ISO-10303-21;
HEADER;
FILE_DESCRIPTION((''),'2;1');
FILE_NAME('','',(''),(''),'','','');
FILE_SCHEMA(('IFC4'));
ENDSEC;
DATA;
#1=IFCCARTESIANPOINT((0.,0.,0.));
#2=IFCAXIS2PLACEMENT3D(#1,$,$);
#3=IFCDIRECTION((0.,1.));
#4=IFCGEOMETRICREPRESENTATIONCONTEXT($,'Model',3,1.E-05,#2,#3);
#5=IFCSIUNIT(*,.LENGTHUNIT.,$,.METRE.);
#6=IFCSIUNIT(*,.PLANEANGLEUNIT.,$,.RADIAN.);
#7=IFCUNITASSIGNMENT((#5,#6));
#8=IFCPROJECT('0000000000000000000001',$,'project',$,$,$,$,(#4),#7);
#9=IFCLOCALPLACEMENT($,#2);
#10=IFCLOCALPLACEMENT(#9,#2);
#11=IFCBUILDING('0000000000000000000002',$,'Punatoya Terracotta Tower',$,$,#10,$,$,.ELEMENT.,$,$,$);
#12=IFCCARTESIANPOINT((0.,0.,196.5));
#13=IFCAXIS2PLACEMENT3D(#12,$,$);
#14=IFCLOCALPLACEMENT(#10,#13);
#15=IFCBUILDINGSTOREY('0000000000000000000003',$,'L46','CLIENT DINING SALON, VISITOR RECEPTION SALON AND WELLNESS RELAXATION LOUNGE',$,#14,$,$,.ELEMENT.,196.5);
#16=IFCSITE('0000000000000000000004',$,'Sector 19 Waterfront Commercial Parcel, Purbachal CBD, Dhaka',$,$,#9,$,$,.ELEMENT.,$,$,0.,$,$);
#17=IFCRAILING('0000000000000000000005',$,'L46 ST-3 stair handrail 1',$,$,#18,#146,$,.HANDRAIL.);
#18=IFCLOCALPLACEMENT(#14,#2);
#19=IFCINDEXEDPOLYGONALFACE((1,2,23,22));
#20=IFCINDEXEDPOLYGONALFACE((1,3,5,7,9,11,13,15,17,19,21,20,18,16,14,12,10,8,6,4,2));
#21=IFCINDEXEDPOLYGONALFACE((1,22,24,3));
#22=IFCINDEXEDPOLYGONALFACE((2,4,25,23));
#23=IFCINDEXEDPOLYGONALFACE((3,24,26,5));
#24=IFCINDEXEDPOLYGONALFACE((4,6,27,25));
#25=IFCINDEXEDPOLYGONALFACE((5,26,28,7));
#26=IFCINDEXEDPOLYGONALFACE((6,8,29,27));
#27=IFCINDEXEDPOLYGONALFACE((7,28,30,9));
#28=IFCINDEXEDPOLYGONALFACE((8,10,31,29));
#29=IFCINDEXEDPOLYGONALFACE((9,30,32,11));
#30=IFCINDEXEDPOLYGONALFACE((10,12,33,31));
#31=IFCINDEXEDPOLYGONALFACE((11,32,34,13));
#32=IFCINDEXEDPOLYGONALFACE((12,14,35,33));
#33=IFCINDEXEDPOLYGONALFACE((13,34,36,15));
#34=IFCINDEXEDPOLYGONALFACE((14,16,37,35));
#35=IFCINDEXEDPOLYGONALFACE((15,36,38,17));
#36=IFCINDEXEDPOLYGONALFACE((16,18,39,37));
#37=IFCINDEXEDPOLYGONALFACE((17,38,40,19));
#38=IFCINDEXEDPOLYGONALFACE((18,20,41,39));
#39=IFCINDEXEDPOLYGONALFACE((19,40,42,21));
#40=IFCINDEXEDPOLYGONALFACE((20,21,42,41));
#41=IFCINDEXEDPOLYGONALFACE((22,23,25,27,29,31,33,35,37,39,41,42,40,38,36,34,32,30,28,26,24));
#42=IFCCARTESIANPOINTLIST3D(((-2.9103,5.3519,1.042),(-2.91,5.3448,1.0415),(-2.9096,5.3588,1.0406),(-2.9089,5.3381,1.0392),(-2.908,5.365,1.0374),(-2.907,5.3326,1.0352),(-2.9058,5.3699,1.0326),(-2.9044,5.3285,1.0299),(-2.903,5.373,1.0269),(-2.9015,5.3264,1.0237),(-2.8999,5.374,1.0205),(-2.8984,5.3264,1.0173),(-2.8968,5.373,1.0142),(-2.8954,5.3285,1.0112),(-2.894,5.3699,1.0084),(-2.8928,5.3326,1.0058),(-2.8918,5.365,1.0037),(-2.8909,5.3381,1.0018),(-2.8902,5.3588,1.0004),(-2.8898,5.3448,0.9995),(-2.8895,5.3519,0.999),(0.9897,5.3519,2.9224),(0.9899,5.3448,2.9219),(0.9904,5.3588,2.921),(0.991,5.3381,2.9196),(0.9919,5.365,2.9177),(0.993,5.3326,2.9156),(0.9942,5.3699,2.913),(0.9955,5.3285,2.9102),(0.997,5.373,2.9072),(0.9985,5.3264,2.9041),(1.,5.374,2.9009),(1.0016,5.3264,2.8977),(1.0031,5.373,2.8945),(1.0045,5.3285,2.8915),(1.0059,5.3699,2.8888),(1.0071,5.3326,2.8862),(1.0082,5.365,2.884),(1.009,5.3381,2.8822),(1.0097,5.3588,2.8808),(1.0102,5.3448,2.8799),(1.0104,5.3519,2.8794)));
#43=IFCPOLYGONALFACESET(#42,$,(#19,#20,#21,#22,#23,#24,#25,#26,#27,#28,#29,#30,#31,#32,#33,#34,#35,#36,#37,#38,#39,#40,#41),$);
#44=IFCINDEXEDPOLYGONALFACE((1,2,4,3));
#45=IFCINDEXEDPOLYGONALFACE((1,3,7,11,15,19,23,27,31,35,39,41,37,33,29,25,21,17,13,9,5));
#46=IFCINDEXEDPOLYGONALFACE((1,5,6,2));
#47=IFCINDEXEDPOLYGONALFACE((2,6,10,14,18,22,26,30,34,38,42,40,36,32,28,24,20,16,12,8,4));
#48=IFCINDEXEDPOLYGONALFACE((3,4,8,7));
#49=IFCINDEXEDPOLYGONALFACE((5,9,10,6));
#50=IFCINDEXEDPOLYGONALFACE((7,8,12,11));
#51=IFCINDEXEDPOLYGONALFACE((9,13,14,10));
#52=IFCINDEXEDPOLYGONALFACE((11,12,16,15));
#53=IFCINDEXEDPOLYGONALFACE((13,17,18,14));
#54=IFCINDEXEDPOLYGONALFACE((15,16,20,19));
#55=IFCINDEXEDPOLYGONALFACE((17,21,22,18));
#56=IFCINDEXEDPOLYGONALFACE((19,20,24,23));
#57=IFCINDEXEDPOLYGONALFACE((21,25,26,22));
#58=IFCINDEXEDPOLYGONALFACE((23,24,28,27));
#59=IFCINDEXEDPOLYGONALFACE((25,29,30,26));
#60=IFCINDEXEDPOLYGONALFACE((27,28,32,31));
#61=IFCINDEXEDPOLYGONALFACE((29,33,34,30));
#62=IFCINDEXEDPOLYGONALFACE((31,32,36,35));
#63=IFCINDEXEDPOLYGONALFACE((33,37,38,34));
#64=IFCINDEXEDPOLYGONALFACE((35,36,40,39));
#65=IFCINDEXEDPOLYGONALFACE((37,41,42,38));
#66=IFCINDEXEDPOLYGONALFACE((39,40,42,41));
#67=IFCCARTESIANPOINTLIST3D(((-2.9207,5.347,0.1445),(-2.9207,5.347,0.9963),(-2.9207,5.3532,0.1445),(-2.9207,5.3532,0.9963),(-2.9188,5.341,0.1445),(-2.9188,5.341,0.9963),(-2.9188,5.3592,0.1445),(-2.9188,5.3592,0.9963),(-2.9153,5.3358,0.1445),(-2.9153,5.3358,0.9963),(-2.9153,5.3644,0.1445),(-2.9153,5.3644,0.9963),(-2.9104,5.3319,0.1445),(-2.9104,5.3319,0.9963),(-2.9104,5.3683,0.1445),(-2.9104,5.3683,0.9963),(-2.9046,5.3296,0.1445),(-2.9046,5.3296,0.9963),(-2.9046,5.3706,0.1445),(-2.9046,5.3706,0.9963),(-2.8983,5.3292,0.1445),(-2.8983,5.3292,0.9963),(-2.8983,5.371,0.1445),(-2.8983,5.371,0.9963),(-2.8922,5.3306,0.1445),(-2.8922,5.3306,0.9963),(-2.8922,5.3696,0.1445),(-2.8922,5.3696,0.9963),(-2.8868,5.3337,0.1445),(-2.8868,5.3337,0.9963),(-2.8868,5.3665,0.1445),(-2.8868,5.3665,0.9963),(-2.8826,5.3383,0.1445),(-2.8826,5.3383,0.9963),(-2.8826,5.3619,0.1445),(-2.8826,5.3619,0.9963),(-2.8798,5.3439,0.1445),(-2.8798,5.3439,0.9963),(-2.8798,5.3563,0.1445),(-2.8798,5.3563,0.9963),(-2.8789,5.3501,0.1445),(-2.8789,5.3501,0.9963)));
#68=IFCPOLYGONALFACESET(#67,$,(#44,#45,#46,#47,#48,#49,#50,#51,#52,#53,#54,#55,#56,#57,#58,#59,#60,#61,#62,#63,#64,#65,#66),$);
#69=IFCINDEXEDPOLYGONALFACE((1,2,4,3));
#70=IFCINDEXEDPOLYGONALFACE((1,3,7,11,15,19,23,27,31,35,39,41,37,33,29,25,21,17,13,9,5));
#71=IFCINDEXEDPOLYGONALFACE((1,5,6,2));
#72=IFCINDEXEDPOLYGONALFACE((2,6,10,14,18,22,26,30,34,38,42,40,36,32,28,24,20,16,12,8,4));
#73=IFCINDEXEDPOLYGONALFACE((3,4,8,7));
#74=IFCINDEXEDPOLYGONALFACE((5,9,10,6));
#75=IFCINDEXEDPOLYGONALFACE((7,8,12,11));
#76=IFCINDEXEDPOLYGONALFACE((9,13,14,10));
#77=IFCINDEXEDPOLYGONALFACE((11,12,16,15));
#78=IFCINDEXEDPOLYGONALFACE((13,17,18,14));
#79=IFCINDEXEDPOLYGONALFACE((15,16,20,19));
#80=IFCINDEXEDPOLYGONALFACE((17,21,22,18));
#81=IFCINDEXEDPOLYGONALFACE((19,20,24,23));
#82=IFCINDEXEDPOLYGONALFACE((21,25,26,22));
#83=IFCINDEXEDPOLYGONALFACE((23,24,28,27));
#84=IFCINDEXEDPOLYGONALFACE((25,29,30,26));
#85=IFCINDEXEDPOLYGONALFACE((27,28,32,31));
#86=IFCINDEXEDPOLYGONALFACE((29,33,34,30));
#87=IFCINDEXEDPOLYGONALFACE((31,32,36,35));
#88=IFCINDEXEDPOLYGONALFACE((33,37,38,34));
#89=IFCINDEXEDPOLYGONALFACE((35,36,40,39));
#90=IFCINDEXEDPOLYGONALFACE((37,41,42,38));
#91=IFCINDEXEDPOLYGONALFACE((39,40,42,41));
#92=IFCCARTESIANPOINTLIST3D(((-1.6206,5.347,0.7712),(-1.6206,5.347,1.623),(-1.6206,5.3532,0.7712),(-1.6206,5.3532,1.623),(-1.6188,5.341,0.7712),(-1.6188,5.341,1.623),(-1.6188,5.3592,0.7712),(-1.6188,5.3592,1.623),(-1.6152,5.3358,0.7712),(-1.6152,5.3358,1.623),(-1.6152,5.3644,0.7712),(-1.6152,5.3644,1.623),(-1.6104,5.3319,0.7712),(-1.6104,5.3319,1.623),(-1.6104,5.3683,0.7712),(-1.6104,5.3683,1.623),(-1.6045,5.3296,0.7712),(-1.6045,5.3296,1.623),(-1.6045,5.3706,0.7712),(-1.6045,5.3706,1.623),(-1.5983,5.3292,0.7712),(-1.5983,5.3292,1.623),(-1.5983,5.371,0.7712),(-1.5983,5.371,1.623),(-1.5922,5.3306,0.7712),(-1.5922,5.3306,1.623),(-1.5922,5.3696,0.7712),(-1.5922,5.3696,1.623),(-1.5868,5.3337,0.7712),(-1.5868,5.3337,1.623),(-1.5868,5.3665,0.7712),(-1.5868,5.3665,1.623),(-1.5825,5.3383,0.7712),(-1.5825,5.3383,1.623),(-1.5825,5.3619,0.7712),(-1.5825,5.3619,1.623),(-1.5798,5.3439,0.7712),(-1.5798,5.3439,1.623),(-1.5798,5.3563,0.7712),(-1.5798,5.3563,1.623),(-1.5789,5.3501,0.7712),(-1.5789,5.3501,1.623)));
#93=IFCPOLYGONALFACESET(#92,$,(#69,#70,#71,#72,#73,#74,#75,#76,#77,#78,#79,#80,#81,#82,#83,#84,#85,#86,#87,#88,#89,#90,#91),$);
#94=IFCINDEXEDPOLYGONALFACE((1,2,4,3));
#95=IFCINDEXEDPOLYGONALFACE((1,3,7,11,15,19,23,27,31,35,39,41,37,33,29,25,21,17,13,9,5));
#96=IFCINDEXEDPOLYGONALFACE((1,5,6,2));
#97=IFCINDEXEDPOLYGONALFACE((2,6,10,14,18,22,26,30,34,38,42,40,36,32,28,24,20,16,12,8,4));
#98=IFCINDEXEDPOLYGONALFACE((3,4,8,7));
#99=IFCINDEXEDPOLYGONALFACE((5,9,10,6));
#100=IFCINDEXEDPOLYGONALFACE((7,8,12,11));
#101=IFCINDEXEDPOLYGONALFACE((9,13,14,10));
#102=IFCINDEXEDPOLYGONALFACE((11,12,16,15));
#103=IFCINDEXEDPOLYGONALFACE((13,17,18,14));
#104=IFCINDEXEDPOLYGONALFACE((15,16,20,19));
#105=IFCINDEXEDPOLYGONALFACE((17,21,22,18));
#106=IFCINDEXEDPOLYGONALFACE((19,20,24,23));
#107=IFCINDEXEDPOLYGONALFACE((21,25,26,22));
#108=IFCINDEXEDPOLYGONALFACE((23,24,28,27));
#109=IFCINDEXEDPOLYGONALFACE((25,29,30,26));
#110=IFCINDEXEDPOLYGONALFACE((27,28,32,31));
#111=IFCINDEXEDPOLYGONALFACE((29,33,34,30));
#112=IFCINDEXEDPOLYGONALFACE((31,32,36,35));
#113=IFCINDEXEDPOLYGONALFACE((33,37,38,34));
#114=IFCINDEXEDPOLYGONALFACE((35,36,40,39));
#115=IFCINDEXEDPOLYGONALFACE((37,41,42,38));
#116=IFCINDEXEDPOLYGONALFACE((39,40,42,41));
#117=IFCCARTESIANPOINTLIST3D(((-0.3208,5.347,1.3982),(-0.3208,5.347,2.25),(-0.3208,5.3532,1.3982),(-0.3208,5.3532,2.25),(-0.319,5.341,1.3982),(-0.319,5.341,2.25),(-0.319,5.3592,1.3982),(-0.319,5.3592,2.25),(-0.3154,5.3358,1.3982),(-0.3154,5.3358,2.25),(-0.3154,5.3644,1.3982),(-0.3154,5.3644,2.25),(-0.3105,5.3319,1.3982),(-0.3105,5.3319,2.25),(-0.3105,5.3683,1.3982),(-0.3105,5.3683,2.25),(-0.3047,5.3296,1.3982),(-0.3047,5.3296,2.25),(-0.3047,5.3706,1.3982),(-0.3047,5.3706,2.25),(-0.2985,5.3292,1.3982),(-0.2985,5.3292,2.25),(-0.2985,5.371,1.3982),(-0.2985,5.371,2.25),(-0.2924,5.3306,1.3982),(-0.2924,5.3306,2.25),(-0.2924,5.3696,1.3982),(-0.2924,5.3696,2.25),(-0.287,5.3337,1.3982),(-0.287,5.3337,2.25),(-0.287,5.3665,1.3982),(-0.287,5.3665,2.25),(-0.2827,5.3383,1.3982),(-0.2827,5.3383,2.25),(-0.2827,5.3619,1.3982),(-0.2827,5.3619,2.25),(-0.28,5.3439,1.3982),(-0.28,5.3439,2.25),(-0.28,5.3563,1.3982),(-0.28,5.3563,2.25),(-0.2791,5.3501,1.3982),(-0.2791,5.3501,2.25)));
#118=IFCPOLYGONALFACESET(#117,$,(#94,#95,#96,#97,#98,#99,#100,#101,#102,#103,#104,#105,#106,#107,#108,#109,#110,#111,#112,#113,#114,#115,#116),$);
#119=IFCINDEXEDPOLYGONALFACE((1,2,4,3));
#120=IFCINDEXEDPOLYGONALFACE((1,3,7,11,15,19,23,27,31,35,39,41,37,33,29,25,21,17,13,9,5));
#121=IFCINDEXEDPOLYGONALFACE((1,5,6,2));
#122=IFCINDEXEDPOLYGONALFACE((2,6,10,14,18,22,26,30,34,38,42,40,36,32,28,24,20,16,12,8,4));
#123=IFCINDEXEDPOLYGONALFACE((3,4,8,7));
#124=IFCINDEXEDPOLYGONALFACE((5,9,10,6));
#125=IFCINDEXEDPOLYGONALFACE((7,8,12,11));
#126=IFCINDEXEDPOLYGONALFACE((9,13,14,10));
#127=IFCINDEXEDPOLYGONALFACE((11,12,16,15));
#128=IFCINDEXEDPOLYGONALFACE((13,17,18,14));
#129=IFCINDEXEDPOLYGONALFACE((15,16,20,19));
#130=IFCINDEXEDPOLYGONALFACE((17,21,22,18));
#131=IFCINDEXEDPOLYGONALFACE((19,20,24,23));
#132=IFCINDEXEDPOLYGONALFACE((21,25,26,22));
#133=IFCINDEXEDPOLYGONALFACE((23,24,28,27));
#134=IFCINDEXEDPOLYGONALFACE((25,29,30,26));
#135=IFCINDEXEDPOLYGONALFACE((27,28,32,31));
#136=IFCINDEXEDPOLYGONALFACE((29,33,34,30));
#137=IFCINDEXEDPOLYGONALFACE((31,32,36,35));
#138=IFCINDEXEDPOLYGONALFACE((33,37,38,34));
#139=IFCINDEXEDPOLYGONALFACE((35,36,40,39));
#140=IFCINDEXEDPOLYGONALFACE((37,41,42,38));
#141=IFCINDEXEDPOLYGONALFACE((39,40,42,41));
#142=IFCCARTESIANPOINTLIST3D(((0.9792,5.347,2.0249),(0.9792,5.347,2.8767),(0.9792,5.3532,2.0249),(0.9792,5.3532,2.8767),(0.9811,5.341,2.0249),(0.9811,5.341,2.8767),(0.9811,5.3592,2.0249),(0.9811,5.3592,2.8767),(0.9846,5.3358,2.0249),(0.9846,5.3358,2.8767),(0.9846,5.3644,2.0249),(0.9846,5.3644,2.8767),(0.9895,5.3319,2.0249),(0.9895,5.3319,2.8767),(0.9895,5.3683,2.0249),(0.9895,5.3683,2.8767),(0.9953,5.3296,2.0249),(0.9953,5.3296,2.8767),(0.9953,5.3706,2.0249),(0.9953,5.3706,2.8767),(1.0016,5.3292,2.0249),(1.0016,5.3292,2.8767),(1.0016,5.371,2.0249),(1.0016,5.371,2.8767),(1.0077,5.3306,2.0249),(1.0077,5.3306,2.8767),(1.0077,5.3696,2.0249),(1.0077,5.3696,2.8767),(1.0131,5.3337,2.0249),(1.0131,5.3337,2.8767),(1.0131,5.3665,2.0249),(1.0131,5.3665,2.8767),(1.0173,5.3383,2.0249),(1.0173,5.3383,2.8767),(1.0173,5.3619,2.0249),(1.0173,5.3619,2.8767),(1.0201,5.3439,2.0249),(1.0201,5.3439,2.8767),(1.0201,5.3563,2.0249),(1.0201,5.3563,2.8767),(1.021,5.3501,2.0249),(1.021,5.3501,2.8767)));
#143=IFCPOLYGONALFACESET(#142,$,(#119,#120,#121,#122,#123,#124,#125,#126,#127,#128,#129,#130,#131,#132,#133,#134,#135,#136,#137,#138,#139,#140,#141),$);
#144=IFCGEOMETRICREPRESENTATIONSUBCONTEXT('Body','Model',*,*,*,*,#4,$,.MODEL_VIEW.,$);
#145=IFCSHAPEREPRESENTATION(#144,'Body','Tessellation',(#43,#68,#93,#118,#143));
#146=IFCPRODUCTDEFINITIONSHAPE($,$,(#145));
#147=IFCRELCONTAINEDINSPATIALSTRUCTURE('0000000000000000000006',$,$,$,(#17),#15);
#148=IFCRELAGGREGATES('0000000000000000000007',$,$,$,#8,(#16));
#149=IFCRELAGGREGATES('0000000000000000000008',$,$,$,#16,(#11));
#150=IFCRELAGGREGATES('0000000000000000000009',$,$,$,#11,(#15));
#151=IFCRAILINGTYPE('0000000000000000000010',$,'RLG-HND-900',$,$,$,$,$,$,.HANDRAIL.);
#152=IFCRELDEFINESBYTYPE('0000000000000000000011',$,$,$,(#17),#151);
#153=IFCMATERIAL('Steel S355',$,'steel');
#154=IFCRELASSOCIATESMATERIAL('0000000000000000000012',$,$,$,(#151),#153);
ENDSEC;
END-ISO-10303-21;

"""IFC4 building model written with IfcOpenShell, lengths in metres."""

from ifc_helpers import new_model, si_unit, direction, frame, origin, origin_2d, place, context, subcontext, project, spatial, circle, extrude, material, type_object, element, save


model = new_model("IFC4")

# Units and contexts
model_context = context("Model", 3, precision=1e-05, world=origin(), true_north=direction((0.0, 1.0)))
body_context = subcontext(model_context, "Body", "Model", "MODEL_VIEW")
ifc_project = project(units=[si_unit("LENGTHUNIT", "METRE"), si_unit("PLANEANGLEUNIT", "RADIAN")], contexts=[model_context])

# Site, building, storey
site_placement = place(None, origin())
site = spatial("IfcSite", under=ifc_project, at=site_placement, Name="Sector 19 Waterfront Commercial Parcel, Purbachal CBD, Dhaka", CompositionType="ELEMENT", RefElevation=0.0)
building_placement = place(site_placement, origin())
building = spatial("IfcBuilding", under=site, at=building_placement, Name="Punatoya Terracotta Tower", CompositionType="ELEMENT")
storey_placement = place(building_placement, frame((0.0, 0.0, 196.5)))
storey = spatial("IfcBuildingStorey", under=building, at=storey_placement, Name="L46", Description="CLIENT DINING SALON, VISITOR RECEPTION SALON AND WELLNESS RELAXATION LOUNGE", CompositionType="ELEMENT", Elevation=196.5)

# Railing
ifc_material_1 = material(Name="Steel S355", Category="steel")
railing_type_1 = type_object("IfcRailingType", Name="RLG-HND-900", PredefinedType="HANDRAIL", material=ifc_material_1)
railing_1_placement = place(storey_placement, frame((-2.8999, 5.3501, 0.1445)))
element("IfcRailing", 1, at=railing_1_placement, inside=storey, type_object=railing_type_1, Name="L46 ST-3 stair handrail 1", PredefinedType="HANDRAIL", context=body_context, shape_type="SweptSolid", body=[
    extrude(circle(Radius=0.0239, at=origin_2d()), frame((0.0, 0.0, 0.876), z_axis=(0.900763, 0.0, 0.434311), x_axis=(0.0, 1.0, 0.0)), (0.0, 0.0, 1.0), 4.3296),
    extrude(circle(Radius=0.021, at=origin_2d()), origin(), (0.0, 0.0, 1.0), 0.8518),
    extrude(circle(Radius=0.021, at=origin_2d()), frame((1.3, 0.0, 0.6267)), (0.0, 0.0, 1.0), 0.8518),
    extrude(circle(Radius=0.021, at=origin_2d()), frame((2.5999, 0.0, 1.2537)), (0.0, 0.0, 1.0), 0.8518),
    extrude(circle(Radius=0.021, at=origin_2d()), frame((3.8999, 0.0, 1.8804)), (0.0, 0.0, 1.0), 0.8518),
])

save(model, "model.ifc")
